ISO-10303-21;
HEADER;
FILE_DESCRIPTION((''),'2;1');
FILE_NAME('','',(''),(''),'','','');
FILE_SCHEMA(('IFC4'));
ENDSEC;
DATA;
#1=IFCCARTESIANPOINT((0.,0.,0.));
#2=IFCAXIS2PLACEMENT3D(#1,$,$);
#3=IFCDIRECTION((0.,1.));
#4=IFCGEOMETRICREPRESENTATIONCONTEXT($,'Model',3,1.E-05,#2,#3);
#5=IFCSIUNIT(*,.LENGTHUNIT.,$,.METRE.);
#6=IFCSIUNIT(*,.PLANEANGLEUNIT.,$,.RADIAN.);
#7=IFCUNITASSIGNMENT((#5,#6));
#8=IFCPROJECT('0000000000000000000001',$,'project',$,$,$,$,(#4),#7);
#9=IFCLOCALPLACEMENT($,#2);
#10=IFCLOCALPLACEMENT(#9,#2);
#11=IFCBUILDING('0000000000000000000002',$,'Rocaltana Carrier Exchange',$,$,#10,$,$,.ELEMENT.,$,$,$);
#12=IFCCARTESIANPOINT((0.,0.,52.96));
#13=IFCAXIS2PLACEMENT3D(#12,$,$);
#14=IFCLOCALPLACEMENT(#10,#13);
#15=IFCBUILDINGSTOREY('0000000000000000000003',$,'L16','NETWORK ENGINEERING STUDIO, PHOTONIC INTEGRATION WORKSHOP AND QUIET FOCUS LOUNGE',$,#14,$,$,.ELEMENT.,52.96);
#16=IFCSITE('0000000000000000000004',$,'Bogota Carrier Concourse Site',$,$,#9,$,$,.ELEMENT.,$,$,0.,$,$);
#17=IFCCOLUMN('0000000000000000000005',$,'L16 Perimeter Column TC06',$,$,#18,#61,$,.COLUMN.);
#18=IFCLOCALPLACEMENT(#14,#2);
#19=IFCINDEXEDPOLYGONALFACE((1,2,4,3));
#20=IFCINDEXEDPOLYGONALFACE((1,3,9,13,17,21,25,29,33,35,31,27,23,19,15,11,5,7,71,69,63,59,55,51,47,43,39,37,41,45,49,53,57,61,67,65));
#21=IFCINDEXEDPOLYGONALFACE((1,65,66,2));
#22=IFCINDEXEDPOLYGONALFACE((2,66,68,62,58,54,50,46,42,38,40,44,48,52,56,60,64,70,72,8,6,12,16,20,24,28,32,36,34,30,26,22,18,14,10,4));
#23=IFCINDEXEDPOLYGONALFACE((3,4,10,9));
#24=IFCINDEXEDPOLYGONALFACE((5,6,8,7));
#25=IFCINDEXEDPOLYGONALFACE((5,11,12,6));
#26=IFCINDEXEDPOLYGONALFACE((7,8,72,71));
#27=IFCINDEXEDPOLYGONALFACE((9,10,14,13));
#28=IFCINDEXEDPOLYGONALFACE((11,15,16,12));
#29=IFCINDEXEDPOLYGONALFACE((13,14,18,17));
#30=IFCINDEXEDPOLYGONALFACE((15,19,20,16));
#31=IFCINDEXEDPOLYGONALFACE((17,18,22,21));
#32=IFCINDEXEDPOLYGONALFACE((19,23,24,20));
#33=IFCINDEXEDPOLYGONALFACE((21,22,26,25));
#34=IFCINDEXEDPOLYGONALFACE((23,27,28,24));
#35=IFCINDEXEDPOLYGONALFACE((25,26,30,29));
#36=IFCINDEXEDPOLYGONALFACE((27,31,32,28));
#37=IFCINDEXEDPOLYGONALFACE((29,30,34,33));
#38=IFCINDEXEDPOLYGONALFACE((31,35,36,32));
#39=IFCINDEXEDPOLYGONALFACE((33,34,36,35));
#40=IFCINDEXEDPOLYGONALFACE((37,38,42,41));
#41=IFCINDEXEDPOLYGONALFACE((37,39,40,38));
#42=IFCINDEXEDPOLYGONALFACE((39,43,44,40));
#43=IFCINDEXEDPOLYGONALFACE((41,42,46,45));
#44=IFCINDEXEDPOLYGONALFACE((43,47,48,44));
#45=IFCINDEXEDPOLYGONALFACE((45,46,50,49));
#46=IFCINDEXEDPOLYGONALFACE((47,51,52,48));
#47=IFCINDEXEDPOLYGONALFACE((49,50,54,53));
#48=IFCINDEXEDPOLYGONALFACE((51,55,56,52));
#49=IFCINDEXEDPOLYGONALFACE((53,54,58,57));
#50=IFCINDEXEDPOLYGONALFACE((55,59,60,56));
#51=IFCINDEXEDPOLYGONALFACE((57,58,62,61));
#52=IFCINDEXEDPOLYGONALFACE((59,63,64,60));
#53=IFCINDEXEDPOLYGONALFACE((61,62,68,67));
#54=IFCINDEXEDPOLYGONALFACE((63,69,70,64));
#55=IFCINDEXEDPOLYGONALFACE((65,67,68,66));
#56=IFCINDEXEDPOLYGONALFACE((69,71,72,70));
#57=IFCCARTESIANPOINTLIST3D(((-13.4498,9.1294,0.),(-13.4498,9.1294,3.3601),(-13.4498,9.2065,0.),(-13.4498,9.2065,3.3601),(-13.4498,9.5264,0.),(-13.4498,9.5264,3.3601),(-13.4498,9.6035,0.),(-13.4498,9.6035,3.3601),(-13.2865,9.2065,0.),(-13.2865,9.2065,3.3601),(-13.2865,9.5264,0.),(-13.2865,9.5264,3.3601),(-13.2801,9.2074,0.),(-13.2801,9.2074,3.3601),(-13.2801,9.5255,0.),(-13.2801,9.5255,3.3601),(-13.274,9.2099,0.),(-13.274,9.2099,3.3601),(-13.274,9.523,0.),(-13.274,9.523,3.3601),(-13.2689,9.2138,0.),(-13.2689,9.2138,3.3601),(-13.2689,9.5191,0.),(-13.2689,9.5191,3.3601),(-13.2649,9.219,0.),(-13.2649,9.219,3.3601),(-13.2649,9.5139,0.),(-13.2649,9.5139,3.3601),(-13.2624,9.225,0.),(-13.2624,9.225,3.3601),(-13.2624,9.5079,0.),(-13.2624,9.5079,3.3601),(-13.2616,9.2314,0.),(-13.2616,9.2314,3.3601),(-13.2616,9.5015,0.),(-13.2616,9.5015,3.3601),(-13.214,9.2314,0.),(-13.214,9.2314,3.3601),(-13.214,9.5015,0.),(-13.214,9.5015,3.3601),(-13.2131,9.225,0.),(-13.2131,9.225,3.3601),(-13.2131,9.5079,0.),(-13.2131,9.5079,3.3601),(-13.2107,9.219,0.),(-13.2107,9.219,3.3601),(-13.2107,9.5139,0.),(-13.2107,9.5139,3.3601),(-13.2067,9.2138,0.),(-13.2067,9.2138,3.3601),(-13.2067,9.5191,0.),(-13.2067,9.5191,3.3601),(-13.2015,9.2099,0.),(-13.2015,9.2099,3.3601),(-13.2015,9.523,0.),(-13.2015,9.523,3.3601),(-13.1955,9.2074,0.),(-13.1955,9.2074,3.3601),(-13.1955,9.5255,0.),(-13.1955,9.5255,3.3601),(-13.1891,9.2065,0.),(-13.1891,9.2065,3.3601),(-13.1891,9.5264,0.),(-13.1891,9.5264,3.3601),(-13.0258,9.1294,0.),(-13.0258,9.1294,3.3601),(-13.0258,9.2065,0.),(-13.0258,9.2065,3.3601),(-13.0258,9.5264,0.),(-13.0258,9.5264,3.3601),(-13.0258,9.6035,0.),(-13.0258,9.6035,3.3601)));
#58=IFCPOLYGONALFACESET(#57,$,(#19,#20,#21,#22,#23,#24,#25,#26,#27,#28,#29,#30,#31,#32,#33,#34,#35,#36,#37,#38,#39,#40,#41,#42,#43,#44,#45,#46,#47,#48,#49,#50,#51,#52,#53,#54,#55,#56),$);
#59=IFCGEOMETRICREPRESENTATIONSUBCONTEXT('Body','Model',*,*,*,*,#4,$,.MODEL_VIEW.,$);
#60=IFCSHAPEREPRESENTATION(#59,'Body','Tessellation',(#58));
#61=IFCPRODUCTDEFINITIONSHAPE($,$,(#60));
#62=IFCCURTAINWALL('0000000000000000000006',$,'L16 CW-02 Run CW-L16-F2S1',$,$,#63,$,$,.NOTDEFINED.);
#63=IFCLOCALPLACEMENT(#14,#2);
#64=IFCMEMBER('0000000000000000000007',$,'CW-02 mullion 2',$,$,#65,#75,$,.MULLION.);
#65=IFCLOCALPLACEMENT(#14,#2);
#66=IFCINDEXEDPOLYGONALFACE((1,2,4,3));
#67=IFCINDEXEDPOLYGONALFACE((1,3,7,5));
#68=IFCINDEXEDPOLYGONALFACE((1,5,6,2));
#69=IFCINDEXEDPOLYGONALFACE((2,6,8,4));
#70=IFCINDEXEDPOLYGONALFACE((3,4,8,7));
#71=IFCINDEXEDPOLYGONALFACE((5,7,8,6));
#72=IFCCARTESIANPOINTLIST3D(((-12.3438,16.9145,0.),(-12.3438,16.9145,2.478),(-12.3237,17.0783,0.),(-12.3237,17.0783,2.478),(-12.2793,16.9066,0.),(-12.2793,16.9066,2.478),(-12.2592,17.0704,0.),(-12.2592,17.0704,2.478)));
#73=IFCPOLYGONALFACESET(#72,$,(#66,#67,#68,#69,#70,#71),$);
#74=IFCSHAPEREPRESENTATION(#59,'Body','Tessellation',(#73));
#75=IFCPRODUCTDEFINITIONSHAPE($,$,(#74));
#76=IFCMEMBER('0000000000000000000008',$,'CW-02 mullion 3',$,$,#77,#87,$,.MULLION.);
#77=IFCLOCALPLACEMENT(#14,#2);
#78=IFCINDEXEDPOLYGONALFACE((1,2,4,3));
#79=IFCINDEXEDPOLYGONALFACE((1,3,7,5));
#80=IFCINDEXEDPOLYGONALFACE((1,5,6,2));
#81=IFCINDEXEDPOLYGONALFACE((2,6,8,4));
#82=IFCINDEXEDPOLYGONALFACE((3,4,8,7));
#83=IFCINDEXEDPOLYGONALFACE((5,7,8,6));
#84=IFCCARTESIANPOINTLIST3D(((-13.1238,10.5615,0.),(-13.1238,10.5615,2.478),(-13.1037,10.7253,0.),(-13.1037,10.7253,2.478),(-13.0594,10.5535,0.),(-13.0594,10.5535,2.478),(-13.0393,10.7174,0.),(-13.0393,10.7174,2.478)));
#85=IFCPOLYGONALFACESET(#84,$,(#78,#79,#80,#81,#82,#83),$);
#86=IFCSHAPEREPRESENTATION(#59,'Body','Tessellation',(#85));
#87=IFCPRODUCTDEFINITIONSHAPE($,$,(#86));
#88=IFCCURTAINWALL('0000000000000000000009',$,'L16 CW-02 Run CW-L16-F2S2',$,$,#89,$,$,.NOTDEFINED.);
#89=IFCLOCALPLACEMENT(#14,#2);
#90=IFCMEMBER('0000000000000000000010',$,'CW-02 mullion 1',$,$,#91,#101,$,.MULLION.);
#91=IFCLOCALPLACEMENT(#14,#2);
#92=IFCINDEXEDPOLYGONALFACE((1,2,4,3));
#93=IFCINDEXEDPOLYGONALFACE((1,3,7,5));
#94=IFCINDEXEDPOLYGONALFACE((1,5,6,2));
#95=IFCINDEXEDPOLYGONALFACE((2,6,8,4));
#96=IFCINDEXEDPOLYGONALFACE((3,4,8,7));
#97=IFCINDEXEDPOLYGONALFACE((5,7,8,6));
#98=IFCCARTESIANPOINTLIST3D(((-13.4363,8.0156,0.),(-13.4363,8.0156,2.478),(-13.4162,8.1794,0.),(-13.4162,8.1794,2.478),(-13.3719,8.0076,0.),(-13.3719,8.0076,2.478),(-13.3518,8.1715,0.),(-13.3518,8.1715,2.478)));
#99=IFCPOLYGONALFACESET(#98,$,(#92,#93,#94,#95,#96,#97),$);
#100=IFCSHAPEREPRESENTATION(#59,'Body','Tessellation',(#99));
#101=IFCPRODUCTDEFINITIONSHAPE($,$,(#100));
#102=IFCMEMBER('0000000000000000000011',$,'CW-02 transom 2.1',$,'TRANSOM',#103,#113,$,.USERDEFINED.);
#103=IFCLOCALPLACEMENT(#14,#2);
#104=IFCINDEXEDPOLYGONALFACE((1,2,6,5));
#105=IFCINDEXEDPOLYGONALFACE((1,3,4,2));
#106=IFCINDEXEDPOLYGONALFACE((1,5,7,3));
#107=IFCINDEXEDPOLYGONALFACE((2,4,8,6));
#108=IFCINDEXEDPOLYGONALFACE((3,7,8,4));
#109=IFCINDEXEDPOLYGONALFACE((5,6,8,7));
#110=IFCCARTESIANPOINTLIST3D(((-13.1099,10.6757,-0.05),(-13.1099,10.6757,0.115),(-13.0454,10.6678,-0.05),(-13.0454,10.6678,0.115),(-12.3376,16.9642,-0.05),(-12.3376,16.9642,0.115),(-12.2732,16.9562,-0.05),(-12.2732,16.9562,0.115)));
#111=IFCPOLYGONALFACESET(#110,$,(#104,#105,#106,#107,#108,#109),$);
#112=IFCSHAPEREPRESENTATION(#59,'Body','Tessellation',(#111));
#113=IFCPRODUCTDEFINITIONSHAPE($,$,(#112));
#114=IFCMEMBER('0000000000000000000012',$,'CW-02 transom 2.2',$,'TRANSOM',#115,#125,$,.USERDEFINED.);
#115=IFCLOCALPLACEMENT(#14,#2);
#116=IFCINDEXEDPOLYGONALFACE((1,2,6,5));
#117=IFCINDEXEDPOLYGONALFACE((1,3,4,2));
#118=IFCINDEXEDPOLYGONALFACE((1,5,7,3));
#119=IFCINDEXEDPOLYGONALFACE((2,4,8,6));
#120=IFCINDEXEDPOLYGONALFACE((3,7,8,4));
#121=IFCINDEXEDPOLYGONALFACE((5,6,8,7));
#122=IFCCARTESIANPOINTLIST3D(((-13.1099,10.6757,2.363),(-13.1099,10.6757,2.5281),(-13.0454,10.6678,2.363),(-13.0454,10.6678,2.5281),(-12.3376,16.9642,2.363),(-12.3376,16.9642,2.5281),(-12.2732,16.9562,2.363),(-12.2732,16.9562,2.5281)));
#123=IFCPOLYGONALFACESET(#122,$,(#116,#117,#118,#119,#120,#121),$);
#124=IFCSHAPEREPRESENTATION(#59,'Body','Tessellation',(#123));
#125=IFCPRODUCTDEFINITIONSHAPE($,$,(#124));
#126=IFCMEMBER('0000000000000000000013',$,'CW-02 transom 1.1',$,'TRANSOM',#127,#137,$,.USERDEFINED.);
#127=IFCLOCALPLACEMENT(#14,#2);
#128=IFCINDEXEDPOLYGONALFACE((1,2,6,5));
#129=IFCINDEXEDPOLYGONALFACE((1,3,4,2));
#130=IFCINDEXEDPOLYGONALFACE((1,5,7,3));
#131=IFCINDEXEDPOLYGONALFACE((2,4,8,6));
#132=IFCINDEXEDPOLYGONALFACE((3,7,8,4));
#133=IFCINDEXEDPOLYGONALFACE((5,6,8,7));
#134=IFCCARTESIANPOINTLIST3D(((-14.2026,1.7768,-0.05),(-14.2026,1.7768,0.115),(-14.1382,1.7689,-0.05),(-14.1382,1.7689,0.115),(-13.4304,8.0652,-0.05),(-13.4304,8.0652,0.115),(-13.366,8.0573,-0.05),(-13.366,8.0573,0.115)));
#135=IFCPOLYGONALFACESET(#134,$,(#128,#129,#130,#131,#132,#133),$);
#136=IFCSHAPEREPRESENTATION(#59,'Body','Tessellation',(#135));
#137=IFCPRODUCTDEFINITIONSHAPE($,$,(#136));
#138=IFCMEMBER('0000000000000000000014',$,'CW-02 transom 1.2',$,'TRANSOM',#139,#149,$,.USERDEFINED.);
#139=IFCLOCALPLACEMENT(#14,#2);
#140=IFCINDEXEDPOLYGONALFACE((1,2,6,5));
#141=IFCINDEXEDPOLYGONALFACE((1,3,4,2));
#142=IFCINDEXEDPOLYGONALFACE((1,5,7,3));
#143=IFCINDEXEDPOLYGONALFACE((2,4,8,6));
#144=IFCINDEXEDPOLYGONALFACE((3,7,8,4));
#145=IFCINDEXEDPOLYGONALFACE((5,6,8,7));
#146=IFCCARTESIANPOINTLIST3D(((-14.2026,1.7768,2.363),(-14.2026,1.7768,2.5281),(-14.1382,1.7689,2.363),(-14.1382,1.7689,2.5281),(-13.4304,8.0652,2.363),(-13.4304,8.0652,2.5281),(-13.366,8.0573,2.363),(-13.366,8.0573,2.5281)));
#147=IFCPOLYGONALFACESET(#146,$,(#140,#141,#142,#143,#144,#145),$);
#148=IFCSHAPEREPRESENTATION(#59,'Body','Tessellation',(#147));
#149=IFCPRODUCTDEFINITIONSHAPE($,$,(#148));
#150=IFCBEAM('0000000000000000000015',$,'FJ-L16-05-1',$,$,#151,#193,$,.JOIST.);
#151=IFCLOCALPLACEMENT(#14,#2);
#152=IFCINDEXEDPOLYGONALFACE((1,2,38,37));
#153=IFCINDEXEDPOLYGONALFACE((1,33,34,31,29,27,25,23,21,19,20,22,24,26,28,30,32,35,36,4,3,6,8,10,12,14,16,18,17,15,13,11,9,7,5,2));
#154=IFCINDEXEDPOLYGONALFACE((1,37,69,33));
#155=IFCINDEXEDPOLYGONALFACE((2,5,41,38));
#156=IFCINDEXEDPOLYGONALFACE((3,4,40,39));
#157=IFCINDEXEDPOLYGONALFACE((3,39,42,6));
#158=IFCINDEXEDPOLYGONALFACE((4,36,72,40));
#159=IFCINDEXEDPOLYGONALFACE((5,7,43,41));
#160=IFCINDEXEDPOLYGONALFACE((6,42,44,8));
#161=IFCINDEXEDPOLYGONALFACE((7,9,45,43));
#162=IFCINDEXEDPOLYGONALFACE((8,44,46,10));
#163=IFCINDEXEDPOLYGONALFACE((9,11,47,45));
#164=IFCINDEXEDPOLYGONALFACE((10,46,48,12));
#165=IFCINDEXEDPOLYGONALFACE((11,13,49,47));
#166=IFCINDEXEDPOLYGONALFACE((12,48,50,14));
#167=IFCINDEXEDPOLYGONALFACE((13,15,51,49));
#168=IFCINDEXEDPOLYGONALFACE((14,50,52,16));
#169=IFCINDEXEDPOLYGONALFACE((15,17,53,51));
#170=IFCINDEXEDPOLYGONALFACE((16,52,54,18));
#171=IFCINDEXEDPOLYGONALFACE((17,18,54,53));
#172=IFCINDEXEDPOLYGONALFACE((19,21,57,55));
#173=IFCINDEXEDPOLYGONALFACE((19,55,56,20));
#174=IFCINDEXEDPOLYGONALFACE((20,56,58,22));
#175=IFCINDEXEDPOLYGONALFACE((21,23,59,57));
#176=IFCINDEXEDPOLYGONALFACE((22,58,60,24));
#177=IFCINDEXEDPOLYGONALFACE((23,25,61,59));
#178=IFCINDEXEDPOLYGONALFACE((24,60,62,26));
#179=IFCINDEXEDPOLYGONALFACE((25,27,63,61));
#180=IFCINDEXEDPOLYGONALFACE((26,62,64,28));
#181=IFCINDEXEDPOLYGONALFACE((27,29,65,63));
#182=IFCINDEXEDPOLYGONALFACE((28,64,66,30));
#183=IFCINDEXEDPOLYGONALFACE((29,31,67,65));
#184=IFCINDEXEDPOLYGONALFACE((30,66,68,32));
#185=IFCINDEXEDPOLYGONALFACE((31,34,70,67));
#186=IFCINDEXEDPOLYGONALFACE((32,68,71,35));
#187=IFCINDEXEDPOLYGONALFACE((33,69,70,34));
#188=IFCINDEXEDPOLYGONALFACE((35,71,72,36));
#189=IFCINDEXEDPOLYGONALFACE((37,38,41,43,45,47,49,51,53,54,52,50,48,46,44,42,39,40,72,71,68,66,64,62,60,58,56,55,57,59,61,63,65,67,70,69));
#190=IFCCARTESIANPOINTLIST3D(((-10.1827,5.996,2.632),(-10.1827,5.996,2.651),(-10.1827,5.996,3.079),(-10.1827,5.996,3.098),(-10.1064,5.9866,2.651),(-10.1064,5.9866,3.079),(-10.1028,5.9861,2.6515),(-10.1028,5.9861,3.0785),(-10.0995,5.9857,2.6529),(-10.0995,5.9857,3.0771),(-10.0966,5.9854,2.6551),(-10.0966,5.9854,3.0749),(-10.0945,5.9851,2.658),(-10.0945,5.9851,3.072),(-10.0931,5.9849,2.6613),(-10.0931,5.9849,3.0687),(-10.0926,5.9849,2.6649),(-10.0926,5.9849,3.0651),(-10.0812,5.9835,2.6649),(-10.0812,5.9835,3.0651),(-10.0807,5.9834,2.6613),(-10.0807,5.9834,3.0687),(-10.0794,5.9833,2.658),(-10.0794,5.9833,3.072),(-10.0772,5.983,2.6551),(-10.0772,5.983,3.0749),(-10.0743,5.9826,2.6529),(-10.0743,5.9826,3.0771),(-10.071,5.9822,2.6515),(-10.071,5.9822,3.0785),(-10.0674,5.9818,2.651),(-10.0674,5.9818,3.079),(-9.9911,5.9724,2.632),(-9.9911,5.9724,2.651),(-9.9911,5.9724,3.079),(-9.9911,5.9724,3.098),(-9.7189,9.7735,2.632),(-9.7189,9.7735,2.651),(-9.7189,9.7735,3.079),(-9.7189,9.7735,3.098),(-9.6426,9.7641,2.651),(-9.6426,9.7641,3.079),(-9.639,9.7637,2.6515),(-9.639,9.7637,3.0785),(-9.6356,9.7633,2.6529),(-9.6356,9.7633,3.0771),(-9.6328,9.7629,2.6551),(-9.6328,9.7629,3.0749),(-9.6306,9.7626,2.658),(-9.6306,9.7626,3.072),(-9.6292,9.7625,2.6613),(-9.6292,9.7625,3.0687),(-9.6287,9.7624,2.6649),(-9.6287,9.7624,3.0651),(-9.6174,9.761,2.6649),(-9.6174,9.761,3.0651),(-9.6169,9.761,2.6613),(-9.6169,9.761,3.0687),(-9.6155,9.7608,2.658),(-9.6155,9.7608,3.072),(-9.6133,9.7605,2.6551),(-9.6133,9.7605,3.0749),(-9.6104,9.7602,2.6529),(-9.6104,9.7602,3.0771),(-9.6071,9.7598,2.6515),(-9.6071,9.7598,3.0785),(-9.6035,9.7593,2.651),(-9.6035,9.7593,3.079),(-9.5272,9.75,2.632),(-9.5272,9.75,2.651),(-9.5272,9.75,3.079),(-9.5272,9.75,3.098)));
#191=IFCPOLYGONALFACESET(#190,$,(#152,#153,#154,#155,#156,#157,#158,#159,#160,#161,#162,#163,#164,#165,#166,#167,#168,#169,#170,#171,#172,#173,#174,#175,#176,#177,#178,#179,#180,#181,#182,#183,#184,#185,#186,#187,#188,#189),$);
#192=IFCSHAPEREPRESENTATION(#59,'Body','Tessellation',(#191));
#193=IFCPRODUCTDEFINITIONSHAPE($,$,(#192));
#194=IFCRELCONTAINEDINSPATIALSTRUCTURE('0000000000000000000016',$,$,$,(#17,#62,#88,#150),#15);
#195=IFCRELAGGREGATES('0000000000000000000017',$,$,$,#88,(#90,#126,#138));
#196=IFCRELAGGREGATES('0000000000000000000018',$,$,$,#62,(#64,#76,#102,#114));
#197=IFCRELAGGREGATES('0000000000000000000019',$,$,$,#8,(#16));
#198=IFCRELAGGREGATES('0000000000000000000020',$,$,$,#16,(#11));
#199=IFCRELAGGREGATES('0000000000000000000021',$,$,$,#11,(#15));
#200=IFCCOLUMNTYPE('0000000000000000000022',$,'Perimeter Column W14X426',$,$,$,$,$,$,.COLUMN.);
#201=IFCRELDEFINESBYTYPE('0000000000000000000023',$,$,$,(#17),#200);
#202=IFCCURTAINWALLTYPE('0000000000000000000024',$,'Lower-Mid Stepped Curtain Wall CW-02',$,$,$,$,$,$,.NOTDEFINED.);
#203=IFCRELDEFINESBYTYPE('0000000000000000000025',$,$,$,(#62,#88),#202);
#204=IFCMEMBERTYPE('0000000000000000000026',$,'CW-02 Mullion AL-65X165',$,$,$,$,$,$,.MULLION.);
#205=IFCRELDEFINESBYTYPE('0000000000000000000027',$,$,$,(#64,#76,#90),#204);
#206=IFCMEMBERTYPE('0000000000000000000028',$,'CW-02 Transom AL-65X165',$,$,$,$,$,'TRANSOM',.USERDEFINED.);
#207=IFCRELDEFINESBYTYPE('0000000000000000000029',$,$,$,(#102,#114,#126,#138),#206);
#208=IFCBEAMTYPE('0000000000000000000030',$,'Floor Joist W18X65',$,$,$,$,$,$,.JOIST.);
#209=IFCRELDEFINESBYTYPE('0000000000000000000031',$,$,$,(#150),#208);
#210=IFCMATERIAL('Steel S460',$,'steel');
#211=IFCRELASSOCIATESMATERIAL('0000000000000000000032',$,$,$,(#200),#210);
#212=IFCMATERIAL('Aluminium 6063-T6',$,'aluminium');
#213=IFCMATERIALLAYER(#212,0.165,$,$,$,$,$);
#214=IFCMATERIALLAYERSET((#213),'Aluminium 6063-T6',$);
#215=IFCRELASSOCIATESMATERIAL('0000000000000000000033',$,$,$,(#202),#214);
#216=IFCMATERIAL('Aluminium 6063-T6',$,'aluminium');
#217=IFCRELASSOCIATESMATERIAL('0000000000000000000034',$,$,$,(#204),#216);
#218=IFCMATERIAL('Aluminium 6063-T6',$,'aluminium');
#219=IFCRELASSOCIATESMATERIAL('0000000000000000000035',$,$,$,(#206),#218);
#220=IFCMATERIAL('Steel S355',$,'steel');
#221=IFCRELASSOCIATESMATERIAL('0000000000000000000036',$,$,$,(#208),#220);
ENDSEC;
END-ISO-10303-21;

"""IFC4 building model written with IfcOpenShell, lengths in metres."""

from ifc_helpers import new_model, si_unit, direction, frame, origin, origin_2d, place, context, subcontext, project, spatial, rectangle, i_section, extrude, material, layer, layer_set, material_profile, profile_set, type_object, element, aggregate, save


model = new_model("IFC4")

# Units and contexts
model_context = context("Model", 3, precision=1e-05, world=origin(), true_north=direction((0.0, 1.0)))
body_context = subcontext(model_context, "Body", "Model", "MODEL_VIEW")
ifc_project = project(units=[si_unit("LENGTHUNIT", "METRE"), si_unit("PLANEANGLEUNIT", "RADIAN")], contexts=[model_context])

# Site, building, storey
site_placement = place(None, origin())
site = spatial("IfcSite", under=ifc_project, at=site_placement, Name="Bogota Carrier Concourse Site", CompositionType="ELEMENT", RefElevation=0.0)
building_placement = place(site_placement, origin())
building = spatial("IfcBuilding", under=site, at=building_placement, Name="Rocaltana Carrier Exchange", CompositionType="ELEMENT")
storey_placement = place(building_placement, frame((0.0, 0.0, 52.96)))
storey = spatial("IfcBuildingStorey", under=building, at=storey_placement, Name="L16", Description="NETWORK ENGINEERING STUDIO, PHOTONIC INTEGRATION WORKSHOP AND QUIET FOCUS LOUNGE", CompositionType="ELEMENT", Elevation=52.96)

# Column
ifc_material_1 = material(Name="Steel S460", Category="steel")
ifc_material_profile_1 = material_profile(ifc_material_1, i_section(OverallWidth=0.4241, OverallDepth=0.4741, WebThickness=0.0476, FlangeThickness=0.0771, FilletRadius=0.0249, at=origin_2d()), Name="W14X426")
ifc_profile_set_1 = profile_set([ifc_material_profile_1], Name="Steel S460")
column_type = type_object("IfcColumnType", Name="Perimeter Column W14X426", PredefinedType="COLUMN", material=ifc_profile_set_1)
column_placement = place(storey_placement, frame((-13.2378, 9.3665, 0.0), z_axis=(0.0, 0.0, 1.0), x_axis=(1.0, 0.0, 0.0)))
element("IfcColumn", 1, at=column_placement, inside=storey, type_object=column_type, Name="L16 Perimeter Column TC06", PredefinedType="COLUMN", context=body_context, shape_type="SweptSolid", body=[
    extrude(i_section(OverallWidth=0.4241, OverallDepth=0.4741, WebThickness=0.0476, FlangeThickness=0.0771, FilletRadius=0.0249, at=origin_2d()), origin(), (0.0, 0.0, 1.0), 3.3601),
])

# Curtain wall, members
ifc_material_2 = material(Name="Aluminium 6063-T6", Category="aluminium")
ifc_layer_1 = layer(ifc_material_2, 0.165)
ifc_layer_set_1 = layer_set([ifc_layer_1], Name="Aluminium 6063-T6")
curtain_wall_type = type_object("IfcCurtainWallType", Name="Lower-Mid Stepped Curtain Wall CW-02", PredefinedType="NOTDEFINED", material=ifc_layer_set_1)
curtain_wall_1_placement = place(storey_placement, origin())
curtain_wall_1 = element("IfcCurtainWall", 2, at=curtain_wall_1_placement, inside=storey, type_object=curtain_wall_type, Name="L16 CW-02 Run CW-L16-F2S1", PredefinedType="NOTDEFINED")
ifc_material_3 = material(Name="Aluminium 6063-T6", Category="aluminium")
ifc_material_profile_2 = material_profile(ifc_material_3, rectangle(XDim=0.0649, YDim=0.165, at=origin_2d()), Name="AL-65X165")
ifc_profile_set_2 = profile_set([ifc_material_profile_2], Name="Aluminium 6063-T6")
member_type_1 = type_object("IfcMemberType", Name="CW-02 Mullion AL-65X165", PredefinedType="MULLION", material=ifc_profile_set_2)
member_1_placement = place(storey_placement, frame((-12.3015, 16.9924, 0.0), z_axis=(0.0, 0.0, 1.0), x_axis=(0.992546, -0.121873, 0.0)))
member_1 = element("IfcMember", 3, at=member_1_placement, type_object=member_type_1, Name="CW-02 mullion 2", PredefinedType="MULLION", context=body_context, shape_type="SweptSolid", body=[
    extrude(rectangle(XDim=0.0649, YDim=0.165, at=origin_2d()), origin(), (0.0, 0.0, 1.0), 2.478),
])
member_2_placement = place(storey_placement, frame((-13.0815, 10.6394, 0.0), z_axis=(0.0, 0.0, 1.0), x_axis=(0.992546, -0.121873, 0.0)))
member_2 = element("IfcMember", 4, at=member_2_placement, type_object=member_type_1, Name="CW-02 mullion 3", PredefinedType="MULLION", context=body_context, shape_type="SweptSolid", body=[
    extrude(rectangle(XDim=0.0649, YDim=0.165, at=origin_2d()), origin(), (0.0, 0.0, 1.0), 2.478),
])

# Curtain wall, member
curtain_wall_2_placement = place(storey_placement, origin())
curtain_wall_2 = element("IfcCurtainWall", 5, at=curtain_wall_2_placement, inside=storey, type_object=curtain_wall_type, Name="L16 CW-02 Run CW-L16-F2S2", PredefinedType="NOTDEFINED")
member_3_placement = place(storey_placement, frame((-13.394, 8.0935, 0.0), z_axis=(0.0, 0.0, 1.0), x_axis=(0.992546, -0.121874, 0.0)))
member_3 = element("IfcMember", 6, at=member_3_placement, type_object=member_type_1, Name="CW-02 mullion 1", PredefinedType="MULLION", context=body_context, shape_type="SweptSolid", body=[
    extrude(rectangle(XDim=0.0649, YDim=0.165, at=origin_2d()), origin(), (0.0, 0.0, 1.0), 2.478),
])

# Members
ifc_material_4 = material(Name="Aluminium 6063-T6", Category="aluminium")
ifc_material_profile_3 = material_profile(ifc_material_4, rectangle(XDim=0.0649, YDim=0.165, at=origin_2d()), Name="AL-65X165")
ifc_profile_set_3 = profile_set([ifc_material_profile_3], Name="Aluminium 6063-T6")
member_type_2 = type_object("IfcMemberType", Name="CW-02 Transom AL-65X165", ElementType="TRANSOM", PredefinedType="USERDEFINED", material=ifc_profile_set_3)
member_4_placement = place(storey_placement, frame((-12.3054, 16.9602, 0.0325), z_axis=(-0.121881, -0.992545, 0.0), x_axis=(0.992545, -0.121881, 0.0)))
member_4 = element("IfcMember", 7, at=member_4_placement, type_object=member_type_2, Name="CW-02 transom 2.1", ObjectType="TRANSOM", PredefinedType="USERDEFINED", context=body_context, shape_type="SweptSolid", body=[
    extrude(rectangle(XDim=0.0649, YDim=0.165, at=origin_2d()), origin(), (0.0, 0.0, 1.0), 6.3357),
])
member_5_placement = place(storey_placement, frame((-12.3054, 16.9602, 2.4456), z_axis=(-0.121881, -0.992545, 0.0), x_axis=(0.992545, -0.121881, 0.0)))
member_5 = element("IfcMember", 8, at=member_5_placement, type_object=member_type_2, Name="CW-02 transom 2.2", ObjectType="TRANSOM", PredefinedType="USERDEFINED", context=body_context, shape_type="SweptSolid", body=[
    extrude(rectangle(XDim=0.0649, YDim=0.165, at=origin_2d()), origin(), (0.0, 0.0, 1.0), 6.3357),
])
member_6_placement = place(storey_placement, frame((-13.3982, 8.0613, 0.0325), z_axis=(-0.121881, -0.992545, 0.0), x_axis=(0.992545, -0.121881, 0.0)))
member_6 = element("IfcMember", 9, at=member_6_placement, type_object=member_type_2, Name="CW-02 transom 1.1", ObjectType="TRANSOM", PredefinedType="USERDEFINED", context=body_context, shape_type="SweptSolid", body=[
    extrude(rectangle(XDim=0.0649, YDim=0.165, at=origin_2d()), origin(), (0.0, 0.0, 1.0), 6.3357),
])
member_7_placement = place(storey_placement, frame((-13.3982, 8.0613, 2.4456), z_axis=(-0.121881, -0.992545, 0.0), x_axis=(0.992545, -0.121881, 0.0)))
member_7 = element("IfcMember", 10, at=member_7_placement, type_object=member_type_2, Name="CW-02 transom 1.2", ObjectType="TRANSOM", PredefinedType="USERDEFINED", context=body_context, shape_type="SweptSolid", body=[
    extrude(rectangle(XDim=0.0649, YDim=0.165, at=origin_2d()), origin(), (0.0, 0.0, 1.0), 6.3357),
])
aggregate(curtain_wall_2, [member_3, member_6, member_7])

# Beam
ifc_material_5 = material(Name="Steel S355", Category="steel")
ifc_material_profile_4 = material_profile(ifc_material_5, i_section(OverallWidth=0.1931, OverallDepth=0.4661, WebThickness=0.0115, FlangeThickness=0.019, FilletRadius=0.0139, at=origin_2d()), Name="W18X65")
ifc_profile_set_4 = profile_set([ifc_material_profile_4], Name="Steel S355")
beam_type_1 = type_object("IfcBeamType", Name="Floor Joist W18X65", PredefinedType="JOIST", material=ifc_profile_set_4)
beam_1_placement = place(storey_placement, frame((-9.623, 9.7617, 2.865), z_axis=(-0.121879, -0.992545, 0.0), x_axis=(0.992545, -0.121879, 0.0)))
element("IfcBeam", 11, at=beam_1_placement, inside=storey, type_object=beam_type_1, Name="FJ-L16-05-1", PredefinedType="JOIST", context=body_context, shape_type="SweptSolid", body=[
    extrude(i_section(OverallWidth=0.1931, OverallDepth=0.4661, WebThickness=0.0115, FlangeThickness=0.019, FilletRadius=0.0139, at=origin_2d()), origin(), (0.0, 0.0, 1.0), 3.8059),
])

aggregate(curtain_wall_1, [member_1, member_2, member_4, member_5])

save(model, "model.ifc")
